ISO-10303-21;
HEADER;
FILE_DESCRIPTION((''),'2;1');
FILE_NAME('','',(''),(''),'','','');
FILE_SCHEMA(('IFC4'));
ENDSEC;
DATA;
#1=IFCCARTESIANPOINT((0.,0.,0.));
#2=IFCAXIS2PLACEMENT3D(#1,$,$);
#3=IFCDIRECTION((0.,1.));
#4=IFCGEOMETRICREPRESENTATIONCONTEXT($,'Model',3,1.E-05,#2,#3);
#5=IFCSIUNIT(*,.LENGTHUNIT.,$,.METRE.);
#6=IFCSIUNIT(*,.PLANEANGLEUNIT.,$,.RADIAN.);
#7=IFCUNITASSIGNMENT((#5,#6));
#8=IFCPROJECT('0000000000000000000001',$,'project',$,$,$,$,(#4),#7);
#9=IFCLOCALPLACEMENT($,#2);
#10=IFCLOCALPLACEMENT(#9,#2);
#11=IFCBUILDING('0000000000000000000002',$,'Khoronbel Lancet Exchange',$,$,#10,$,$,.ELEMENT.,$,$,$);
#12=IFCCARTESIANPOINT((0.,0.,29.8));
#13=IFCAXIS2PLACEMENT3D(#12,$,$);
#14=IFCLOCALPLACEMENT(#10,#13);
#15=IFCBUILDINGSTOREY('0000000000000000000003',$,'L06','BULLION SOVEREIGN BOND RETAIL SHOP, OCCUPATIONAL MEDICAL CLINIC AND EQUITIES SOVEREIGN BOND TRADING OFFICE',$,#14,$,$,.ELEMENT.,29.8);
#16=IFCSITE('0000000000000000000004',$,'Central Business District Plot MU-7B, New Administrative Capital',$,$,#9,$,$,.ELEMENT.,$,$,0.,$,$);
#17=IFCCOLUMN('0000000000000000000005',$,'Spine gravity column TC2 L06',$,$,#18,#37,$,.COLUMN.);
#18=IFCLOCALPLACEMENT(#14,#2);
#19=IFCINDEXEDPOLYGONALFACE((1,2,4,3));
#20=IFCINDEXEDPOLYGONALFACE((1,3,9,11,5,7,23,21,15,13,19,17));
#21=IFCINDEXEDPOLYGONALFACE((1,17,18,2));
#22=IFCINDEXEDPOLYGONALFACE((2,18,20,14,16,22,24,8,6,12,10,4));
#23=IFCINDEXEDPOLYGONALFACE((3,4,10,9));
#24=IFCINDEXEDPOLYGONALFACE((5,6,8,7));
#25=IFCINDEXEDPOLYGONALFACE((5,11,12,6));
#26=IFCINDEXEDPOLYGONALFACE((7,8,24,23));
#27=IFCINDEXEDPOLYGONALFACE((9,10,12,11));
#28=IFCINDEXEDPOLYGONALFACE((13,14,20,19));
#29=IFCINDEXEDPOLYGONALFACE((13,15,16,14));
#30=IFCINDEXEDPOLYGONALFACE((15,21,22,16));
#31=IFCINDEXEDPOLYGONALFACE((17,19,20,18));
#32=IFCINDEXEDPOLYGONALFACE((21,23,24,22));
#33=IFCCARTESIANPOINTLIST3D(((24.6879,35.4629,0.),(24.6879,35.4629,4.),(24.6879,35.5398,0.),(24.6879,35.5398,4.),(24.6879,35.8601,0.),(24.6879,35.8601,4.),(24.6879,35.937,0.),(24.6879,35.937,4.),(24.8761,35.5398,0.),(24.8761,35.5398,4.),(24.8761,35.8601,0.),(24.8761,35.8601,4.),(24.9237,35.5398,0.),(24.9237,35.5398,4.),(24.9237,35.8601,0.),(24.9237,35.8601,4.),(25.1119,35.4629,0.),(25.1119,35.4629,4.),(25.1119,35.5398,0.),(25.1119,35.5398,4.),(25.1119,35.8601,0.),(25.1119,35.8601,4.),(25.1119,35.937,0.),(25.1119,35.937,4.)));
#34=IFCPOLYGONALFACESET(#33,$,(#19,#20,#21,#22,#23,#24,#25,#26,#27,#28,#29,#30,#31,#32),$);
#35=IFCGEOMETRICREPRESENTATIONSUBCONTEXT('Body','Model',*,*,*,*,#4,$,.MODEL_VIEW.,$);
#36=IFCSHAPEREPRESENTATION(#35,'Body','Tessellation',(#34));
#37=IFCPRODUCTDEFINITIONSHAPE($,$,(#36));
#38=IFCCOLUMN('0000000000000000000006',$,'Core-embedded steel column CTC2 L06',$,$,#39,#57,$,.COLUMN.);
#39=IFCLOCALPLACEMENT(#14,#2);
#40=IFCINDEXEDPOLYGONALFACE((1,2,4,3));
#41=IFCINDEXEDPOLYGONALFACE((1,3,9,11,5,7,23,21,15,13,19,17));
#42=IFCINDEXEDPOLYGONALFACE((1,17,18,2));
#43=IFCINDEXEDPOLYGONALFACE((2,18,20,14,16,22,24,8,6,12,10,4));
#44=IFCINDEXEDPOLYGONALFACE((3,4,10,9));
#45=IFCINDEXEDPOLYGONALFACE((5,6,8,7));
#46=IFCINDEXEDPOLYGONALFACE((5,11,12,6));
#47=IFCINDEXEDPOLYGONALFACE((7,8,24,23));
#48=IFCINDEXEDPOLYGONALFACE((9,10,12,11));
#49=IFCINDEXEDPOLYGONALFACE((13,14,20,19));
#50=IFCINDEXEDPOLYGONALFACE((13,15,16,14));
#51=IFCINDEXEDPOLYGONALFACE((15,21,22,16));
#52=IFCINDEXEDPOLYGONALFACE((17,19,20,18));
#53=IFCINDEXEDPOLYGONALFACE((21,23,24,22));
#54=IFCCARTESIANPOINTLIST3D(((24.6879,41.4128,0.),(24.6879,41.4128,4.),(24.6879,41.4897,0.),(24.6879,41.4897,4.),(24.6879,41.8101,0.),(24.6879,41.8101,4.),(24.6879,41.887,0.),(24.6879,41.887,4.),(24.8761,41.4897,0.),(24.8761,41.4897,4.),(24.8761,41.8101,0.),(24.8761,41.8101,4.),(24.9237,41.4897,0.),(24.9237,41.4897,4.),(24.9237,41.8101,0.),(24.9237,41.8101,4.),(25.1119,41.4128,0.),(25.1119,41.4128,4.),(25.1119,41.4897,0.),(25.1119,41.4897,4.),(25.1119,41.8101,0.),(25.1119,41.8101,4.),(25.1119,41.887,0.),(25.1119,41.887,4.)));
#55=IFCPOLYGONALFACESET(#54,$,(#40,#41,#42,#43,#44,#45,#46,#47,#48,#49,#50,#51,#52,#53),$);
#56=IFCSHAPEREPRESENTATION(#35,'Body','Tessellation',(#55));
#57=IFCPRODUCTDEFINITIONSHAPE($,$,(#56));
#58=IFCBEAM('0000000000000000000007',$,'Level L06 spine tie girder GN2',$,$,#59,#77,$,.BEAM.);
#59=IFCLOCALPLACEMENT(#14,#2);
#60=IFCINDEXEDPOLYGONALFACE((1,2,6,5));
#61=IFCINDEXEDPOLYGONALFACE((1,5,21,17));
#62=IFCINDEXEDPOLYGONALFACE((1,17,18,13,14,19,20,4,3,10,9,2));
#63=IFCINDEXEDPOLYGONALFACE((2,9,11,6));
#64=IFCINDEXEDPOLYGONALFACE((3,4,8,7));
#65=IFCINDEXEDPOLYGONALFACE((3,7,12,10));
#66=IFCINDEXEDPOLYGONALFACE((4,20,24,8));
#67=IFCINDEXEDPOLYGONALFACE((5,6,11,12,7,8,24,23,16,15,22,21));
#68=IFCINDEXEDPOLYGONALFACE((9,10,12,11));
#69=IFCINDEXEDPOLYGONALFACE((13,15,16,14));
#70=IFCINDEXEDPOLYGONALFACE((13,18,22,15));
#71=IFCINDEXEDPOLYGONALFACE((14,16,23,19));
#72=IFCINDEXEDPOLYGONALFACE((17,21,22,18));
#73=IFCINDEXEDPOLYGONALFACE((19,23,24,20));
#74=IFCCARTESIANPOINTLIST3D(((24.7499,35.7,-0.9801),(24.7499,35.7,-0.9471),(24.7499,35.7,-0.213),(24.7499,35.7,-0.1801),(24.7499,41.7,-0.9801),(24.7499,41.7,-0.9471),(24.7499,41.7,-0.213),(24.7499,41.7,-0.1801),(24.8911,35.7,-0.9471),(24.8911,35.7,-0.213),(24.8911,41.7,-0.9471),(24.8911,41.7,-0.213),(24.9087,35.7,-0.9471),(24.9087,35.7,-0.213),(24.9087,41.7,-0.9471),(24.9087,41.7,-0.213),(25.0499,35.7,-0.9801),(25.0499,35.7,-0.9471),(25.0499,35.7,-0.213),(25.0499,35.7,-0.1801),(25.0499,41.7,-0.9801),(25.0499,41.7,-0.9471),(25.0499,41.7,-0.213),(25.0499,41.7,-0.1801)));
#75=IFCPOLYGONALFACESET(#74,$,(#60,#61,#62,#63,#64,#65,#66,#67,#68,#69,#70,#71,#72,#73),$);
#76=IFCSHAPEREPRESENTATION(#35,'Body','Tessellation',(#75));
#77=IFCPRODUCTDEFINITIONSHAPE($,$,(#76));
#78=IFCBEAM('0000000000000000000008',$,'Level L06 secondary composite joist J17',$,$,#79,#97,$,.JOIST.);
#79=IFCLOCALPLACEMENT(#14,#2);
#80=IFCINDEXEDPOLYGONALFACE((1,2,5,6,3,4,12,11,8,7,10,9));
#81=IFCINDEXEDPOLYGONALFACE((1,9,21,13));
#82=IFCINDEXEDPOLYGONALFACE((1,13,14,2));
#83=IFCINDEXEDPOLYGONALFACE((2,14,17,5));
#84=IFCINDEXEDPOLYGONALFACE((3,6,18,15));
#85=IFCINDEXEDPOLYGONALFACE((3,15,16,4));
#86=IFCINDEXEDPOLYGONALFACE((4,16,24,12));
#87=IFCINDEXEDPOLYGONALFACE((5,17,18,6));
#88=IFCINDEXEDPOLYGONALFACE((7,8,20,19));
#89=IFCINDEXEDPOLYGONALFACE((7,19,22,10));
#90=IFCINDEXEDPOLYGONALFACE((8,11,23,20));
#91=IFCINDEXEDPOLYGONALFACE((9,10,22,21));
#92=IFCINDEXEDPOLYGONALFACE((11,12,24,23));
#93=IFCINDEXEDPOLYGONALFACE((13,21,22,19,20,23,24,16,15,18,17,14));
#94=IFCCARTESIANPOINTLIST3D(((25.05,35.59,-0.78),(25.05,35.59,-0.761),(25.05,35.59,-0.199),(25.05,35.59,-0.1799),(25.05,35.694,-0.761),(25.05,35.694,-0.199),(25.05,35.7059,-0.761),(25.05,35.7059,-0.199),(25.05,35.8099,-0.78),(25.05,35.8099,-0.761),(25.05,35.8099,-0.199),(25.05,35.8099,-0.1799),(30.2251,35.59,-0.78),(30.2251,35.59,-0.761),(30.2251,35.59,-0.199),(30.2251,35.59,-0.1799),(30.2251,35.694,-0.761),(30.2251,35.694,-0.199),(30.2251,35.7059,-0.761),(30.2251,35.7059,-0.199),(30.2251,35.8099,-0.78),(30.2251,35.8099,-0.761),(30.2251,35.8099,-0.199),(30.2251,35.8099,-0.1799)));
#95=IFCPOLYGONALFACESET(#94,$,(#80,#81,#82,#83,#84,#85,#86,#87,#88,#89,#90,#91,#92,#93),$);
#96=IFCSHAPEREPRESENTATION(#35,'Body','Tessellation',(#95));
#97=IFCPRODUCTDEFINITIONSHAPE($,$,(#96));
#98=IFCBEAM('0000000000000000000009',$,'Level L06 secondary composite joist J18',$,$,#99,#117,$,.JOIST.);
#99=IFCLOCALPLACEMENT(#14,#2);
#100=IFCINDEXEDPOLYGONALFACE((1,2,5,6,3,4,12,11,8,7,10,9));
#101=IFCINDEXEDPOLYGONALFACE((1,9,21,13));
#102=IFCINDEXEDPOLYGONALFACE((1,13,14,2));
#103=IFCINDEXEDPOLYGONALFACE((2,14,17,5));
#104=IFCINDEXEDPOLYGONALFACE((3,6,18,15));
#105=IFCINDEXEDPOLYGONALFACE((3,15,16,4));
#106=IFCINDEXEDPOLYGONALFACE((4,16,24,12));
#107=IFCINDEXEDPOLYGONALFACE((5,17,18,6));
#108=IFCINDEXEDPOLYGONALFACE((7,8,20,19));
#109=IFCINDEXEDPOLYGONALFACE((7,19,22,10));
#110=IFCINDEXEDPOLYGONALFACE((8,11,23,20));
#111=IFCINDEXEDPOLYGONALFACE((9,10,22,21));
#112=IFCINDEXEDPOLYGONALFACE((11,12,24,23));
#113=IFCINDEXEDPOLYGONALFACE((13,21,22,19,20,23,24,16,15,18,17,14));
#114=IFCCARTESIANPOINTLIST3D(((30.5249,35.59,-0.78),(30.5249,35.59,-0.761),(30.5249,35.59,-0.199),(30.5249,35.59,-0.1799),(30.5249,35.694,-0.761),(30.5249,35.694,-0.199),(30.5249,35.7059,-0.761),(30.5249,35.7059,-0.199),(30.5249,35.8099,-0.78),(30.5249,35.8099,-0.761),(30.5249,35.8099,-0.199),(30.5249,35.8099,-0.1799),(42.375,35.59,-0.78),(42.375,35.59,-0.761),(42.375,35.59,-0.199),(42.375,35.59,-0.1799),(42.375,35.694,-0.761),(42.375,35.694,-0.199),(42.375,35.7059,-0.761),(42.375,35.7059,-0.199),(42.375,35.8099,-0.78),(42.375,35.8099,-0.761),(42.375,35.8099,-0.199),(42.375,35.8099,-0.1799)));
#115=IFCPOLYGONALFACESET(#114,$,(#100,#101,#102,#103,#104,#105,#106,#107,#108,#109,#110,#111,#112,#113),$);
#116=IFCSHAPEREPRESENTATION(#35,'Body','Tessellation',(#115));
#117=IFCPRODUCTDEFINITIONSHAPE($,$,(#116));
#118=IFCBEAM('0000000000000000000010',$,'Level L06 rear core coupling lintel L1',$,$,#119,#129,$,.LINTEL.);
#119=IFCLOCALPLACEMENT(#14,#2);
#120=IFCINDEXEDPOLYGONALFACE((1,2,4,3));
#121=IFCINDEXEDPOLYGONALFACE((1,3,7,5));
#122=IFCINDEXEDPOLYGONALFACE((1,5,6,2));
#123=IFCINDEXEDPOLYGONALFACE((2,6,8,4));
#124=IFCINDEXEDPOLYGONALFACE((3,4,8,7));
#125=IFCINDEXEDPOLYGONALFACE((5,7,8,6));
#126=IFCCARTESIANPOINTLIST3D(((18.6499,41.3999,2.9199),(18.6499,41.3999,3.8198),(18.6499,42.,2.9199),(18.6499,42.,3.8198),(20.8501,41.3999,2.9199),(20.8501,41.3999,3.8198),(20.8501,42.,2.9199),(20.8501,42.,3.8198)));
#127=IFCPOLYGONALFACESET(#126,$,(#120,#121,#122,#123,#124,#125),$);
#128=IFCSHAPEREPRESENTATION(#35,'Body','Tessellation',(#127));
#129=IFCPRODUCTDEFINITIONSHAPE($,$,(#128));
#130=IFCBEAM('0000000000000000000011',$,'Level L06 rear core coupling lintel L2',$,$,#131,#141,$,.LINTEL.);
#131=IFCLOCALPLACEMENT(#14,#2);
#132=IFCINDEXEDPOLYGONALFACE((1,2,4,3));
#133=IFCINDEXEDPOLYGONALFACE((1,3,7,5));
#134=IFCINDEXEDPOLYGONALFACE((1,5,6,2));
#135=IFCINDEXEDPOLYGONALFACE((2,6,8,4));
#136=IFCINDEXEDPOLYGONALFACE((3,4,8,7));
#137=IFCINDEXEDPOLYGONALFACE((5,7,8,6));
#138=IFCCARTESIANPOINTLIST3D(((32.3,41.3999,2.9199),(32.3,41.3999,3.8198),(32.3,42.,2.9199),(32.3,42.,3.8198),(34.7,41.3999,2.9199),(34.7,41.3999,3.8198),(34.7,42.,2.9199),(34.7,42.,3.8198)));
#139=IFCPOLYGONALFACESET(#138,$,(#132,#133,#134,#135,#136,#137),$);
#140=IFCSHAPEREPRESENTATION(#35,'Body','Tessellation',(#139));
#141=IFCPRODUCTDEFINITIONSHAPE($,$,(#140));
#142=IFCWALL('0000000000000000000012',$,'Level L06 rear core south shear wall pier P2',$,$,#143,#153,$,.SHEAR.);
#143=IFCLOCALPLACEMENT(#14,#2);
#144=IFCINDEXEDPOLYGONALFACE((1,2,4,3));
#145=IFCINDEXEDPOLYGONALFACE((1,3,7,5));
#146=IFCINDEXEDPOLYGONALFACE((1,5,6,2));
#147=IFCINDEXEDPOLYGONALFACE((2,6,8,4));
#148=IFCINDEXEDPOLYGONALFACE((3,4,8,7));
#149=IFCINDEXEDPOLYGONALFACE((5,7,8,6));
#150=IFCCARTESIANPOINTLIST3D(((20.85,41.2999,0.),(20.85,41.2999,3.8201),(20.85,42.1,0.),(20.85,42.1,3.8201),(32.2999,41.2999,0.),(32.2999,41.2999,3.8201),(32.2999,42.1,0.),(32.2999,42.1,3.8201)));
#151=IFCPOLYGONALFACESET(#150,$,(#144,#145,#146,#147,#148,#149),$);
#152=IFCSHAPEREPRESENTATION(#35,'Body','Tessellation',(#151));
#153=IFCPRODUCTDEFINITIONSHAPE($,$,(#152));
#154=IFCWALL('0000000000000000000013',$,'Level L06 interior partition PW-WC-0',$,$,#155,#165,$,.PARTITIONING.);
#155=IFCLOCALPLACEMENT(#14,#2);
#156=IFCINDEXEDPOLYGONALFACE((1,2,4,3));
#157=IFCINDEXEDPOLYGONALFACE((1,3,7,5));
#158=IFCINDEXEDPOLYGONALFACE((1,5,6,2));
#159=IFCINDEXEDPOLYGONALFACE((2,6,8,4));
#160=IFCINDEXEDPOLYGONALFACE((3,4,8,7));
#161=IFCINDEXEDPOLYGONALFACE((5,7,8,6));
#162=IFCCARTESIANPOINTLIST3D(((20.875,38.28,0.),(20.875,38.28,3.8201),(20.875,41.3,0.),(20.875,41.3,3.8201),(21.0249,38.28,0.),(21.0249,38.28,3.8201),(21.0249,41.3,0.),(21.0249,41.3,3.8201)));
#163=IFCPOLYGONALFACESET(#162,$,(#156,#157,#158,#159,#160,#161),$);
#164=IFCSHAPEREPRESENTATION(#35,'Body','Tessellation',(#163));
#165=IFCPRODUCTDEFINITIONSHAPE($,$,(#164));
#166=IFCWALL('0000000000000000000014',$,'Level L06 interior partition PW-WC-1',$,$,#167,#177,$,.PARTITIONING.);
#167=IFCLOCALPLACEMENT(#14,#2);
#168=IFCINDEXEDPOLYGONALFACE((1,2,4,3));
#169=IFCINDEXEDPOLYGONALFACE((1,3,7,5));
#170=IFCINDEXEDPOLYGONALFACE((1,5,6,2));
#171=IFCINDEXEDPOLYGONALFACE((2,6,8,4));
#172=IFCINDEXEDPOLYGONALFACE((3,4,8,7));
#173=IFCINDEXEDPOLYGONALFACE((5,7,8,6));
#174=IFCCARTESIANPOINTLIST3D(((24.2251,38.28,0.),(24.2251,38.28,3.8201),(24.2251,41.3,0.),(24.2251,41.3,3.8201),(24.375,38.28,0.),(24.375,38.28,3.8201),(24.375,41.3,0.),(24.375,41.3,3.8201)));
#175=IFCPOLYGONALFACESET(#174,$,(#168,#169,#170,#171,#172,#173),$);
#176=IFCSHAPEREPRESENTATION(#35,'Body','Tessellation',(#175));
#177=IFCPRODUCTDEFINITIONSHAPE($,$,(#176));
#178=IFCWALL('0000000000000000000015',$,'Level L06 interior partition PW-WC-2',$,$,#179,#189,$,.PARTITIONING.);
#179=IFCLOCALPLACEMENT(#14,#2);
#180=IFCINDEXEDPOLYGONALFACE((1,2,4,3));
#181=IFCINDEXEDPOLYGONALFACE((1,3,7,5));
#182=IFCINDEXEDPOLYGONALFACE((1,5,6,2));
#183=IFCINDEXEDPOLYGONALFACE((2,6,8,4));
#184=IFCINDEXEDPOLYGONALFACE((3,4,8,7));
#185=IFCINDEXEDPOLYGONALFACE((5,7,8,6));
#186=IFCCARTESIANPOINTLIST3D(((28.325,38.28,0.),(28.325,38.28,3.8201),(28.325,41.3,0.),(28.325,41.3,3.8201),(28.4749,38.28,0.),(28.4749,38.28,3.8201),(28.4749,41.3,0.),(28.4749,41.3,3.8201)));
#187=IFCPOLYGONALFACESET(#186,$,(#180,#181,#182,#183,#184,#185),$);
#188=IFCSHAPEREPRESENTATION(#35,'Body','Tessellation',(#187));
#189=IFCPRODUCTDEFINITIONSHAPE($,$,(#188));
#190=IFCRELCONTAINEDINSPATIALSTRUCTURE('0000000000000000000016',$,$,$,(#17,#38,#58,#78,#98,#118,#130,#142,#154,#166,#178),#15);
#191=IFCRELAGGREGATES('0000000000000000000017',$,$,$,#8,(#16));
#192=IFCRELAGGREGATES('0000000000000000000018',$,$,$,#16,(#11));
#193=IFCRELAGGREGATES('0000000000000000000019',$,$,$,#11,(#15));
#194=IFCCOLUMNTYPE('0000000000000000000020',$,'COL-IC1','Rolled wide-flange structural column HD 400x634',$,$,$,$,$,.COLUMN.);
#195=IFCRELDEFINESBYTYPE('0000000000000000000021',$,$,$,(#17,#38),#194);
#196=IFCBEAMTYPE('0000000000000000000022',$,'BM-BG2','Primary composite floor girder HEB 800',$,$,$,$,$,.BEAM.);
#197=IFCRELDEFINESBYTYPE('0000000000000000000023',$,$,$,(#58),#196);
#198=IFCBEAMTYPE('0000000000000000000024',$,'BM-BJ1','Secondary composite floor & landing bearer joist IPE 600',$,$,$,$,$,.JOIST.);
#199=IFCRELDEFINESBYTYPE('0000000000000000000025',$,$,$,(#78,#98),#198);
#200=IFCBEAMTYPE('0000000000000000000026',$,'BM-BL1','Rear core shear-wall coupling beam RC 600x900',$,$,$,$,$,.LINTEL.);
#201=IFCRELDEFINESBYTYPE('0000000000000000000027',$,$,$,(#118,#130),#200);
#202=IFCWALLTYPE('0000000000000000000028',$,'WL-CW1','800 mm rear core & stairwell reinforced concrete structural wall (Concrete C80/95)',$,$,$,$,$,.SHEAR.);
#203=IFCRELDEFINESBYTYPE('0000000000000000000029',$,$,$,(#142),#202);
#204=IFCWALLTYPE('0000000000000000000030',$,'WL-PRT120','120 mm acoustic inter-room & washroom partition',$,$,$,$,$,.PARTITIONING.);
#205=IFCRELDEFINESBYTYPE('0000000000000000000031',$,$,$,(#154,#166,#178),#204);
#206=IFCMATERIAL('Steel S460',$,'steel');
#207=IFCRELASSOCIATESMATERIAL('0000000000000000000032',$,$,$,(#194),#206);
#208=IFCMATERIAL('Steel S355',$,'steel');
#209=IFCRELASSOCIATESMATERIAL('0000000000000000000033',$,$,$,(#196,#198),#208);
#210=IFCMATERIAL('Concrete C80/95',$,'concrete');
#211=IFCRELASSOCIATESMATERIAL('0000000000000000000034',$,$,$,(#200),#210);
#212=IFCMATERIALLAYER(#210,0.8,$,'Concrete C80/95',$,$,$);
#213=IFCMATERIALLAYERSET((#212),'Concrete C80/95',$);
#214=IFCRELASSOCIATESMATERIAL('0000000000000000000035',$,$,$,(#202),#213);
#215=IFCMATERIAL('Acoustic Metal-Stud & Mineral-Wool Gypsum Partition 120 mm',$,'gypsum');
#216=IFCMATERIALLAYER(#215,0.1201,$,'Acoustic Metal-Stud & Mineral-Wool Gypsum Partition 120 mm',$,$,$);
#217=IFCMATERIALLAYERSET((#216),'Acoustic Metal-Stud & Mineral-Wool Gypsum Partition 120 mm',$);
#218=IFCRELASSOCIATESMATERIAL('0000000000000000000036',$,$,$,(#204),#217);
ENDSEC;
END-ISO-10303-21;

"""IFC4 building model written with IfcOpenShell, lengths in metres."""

from ifc_helpers import new_model, si_unit, direction, frame, frame_2d, origin, origin_2d, place, context, subcontext, project, spatial, rectangle, i_section, extrude, material, layer, layer_set, material_profile, profile_set, type_object, element, save


model = new_model("IFC4")

# Units and contexts
model_context = context("Model", 3, precision=1e-05, world=origin(), true_north=direction((0.0, 1.0)))
body_context = subcontext(model_context, "Body", "Model", "MODEL_VIEW")
ifc_project = project(units=[si_unit("LENGTHUNIT", "METRE"), si_unit("PLANEANGLEUNIT", "RADIAN")], contexts=[model_context])

# Site, building, storey
site_placement = place(None, origin())
site = spatial("IfcSite", under=ifc_project, at=site_placement, Name="Central Business District Plot MU-7B, New Administrative Capital", CompositionType="ELEMENT", RefElevation=0.0)
building_placement = place(site_placement, origin())
building = spatial("IfcBuilding", under=site, at=building_placement, Name="Khoronbel Lancet Exchange", CompositionType="ELEMENT")
storey_placement = place(building_placement, frame((0.0, 0.0, 29.8)))
storey = spatial("IfcBuildingStorey", under=building, at=storey_placement, Name="L06", Description="BULLION SOVEREIGN BOND RETAIL SHOP, OCCUPATIONAL MEDICAL CLINIC AND EQUITIES SOVEREIGN BOND TRADING OFFICE", CompositionType="ELEMENT", Elevation=29.8)

# Columns
ifc_material_1 = material(Name="Steel S460", Category="steel")
ifc_material_profile_1 = material_profile(ifc_material_1, i_section(OverallWidth=0.4241, OverallDepth=0.4741, WebThickness=0.0476, FlangeThickness=0.0769, at=origin_2d()), Name="HD 400x634")
ifc_profile_set_1 = profile_set([ifc_material_profile_1], Name="Steel S460")
column_type = type_object("IfcColumnType", Name="COL-IC1", Description="Rolled wide-flange structural column HD 400x634", PredefinedType="COLUMN", material=ifc_profile_set_1)
for number, where, z_axis, x_axis, name in (
    (1, (24.8999, 35.7, 0.0), (0.0, 0.0, 1.0), (1.0, 0.0, 0.0), "Spine gravity column TC2 L06"),
    (2, (24.8999, 41.6499, 0.0), (0.0, 0.0, 1.0), (1.0, 0.0, 0.0), "Core-embedded steel column CTC2 L06"),
):
    element("IfcColumn", number, at=place(storey_placement, frame(where, z_axis=z_axis, x_axis=x_axis)), inside=storey, type_object=column_type, Name=name, PredefinedType="COLUMN", context=body_context, shape_type="SweptSolid", body=[
        extrude(i_section(OverallWidth=0.4241, OverallDepth=0.4741, WebThickness=0.0476, FlangeThickness=0.0769, at=origin_2d()), origin(), (0.0, 0.0, 1.0), 4.0),
    ])

# Beams
ifc_material_2 = material(Name="Steel S355", Category="steel")
ifc_material_profile_2 = material_profile(ifc_material_2, i_section(OverallWidth=0.3, OverallDepth=0.8, WebThickness=0.0176, FlangeThickness=0.033, at=origin_2d()), Name="HEB 800")
ifc_profile_set_2 = profile_set([ifc_material_profile_2], Name="Steel S355")
beam_type_1 = type_object("IfcBeamType", Name="BM-BG2", Description="Primary composite floor girder HEB 800", PredefinedType="BEAM", material=ifc_profile_set_2)
beam_1_placement = place(storey_placement, frame((24.8999, 35.7, -0.5801), z_axis=(0.0, 1.0, 0.0), x_axis=(-1.0, 0.0, 0.0)))
element("IfcBeam", 3, at=beam_1_placement, inside=storey, type_object=beam_type_1, Name="Level L06 spine tie girder GN2", PredefinedType="BEAM", context=body_context, shape_type="SweptSolid", body=[
    extrude(i_section(OverallWidth=0.3, OverallDepth=0.8, WebThickness=0.0176, FlangeThickness=0.033, at=origin_2d()), origin(), (0.0, 0.0, 1.0), 6.0),
])
ifc_material_profile_3 = material_profile(ifc_material_2, i_section(OverallWidth=0.22, OverallDepth=0.6001, WebThickness=0.012, FlangeThickness=0.019, at=origin_2d()), Name="IPE 600")
ifc_profile_set_3 = profile_set([ifc_material_profile_3], Name="Steel S355")
beam_type_2 = type_object("IfcBeamType", Name="BM-BJ1", Description="Secondary composite floor & landing bearer joist IPE 600", PredefinedType="JOIST", material=ifc_profile_set_3)
beam_2_placement = place(storey_placement, frame((25.05, 35.7, -0.48), z_axis=(1.0, 0.0, 0.0), x_axis=(0.0, 1.0, 0.0)))
element("IfcBeam", 4, at=beam_2_placement, inside=storey, type_object=beam_type_2, Name="Level L06 secondary composite joist J17", PredefinedType="JOIST", context=body_context, shape_type="SweptSolid", body=[
    extrude(i_section(OverallWidth=0.22, OverallDepth=0.6001, WebThickness=0.012, FlangeThickness=0.019, at=origin_2d()), origin(), (0.0, 0.0, 1.0), 5.175),
])
beam_3_placement = place(storey_placement, frame((30.5249, 35.7, -0.48), z_axis=(1.0, 0.0, 0.0), x_axis=(0.0, 1.0, 0.0)))
element("IfcBeam", 5, at=beam_3_placement, inside=storey, type_object=beam_type_2, Name="Level L06 secondary composite joist J18", PredefinedType="JOIST", context=body_context, shape_type="SweptSolid", body=[
    extrude(i_section(OverallWidth=0.22, OverallDepth=0.6001, WebThickness=0.012, FlangeThickness=0.019, at=origin_2d()), origin(), (0.0, 0.0, 1.0), 11.8501),
])
ifc_material_3 = material(Name="Concrete C80/95", Category="concrete")
ifc_material_profile_4 = material_profile(ifc_material_3, rectangle(XDim=0.6001, YDim=0.8999, at=origin_2d()), Name="RC 600x900")
ifc_profile_set_4 = profile_set([ifc_material_profile_4], Name="Concrete C80/95")
beam_type_3 = type_object("IfcBeamType", Name="BM-BL1", Description="Rear core shear-wall coupling beam RC 600x900", PredefinedType="LINTEL", material=ifc_profile_set_4)
beam_4_placement = place(storey_placement, frame((18.6499, 41.7, 3.3699), z_axis=(1.0, 0.0, 0.0), x_axis=(0.0, 1.0, 0.0)))
element("IfcBeam", 6, at=beam_4_placement, inside=storey, type_object=beam_type_3, Name="Level L06 rear core coupling lintel L1", PredefinedType="LINTEL", context=body_context, shape_type="SweptSolid", body=[
    extrude(rectangle(XDim=0.6001, YDim=0.8999, at=origin_2d()), origin(), (0.0, 0.0, 1.0), 2.2002),
])
beam_5_placement = place(storey_placement, frame((32.3, 41.7, 3.3699), z_axis=(1.0, 0.0, 0.0), x_axis=(0.0, 1.0, 0.0)))
element("IfcBeam", 7, at=beam_5_placement, inside=storey, type_object=beam_type_3, Name="Level L06 rear core coupling lintel L2", PredefinedType="LINTEL", context=body_context, shape_type="SweptSolid", body=[
    extrude(rectangle(XDim=0.6001, YDim=0.8999, at=origin_2d()), origin(), (0.0, 0.0, 1.0), 2.3999),
])

# Walls
ifc_layer_1 = layer(ifc_material_3, 0.8, Name="Concrete C80/95")
ifc_layer_set_1 = layer_set([ifc_layer_1], Name="Concrete C80/95")
wall_type_1 = type_object("IfcWallType", Name="WL-CW1", Description="800 mm rear core & stairwell reinforced concrete structural wall (Concrete C80/95)", PredefinedType="SHEAR", material=ifc_layer_set_1)
wall_1_placement = place(storey_placement, frame((32.3, 41.7, 0.0), z_axis=(0.0, 0.0, 1.0), x_axis=(-1.0, 0.0, 0.0)))
element("IfcWall", 8, at=wall_1_placement, inside=storey, type_object=wall_type_1, Name="Level L06 rear core south shear wall pier P2", PredefinedType="SHEAR", context=body_context, shape_type="SweptSolid", body=[
    extrude(rectangle(XDim=11.45, YDim=0.8, at=frame_2d((5.7251, 0.0))), origin(), (0.0, 0.0, 1.0), 3.8201),
])
ifc_material_4 = material(Name="Acoustic Metal-Stud & Mineral-Wool Gypsum Partition 120 mm", Category="gypsum")
ifc_layer_2 = layer(ifc_material_4, 0.1201, Name="Acoustic Metal-Stud & Mineral-Wool Gypsum Partition 120 mm")
ifc_layer_set_2 = layer_set([ifc_layer_2], Name="Acoustic Metal-Stud & Mineral-Wool Gypsum Partition 120 mm")
wall_type_2 = type_object("IfcWallType", Name="WL-PRT120", Description="120 mm acoustic inter-room & washroom partition", PredefinedType="PARTITIONING", material=ifc_layer_set_2)
for number, where, z_axis, x_axis, name in (
    (9, (20.95, 38.28, 0.0), (0.0, 0.0, 1.0), (0.0, 1.0, 0.0), "Level L06 interior partition PW-WC-0"),
    (10, (24.3, 38.28, 0.0), (0.0, 0.0, 1.0), (0.0, 1.0, 0.0), "Level L06 interior partition PW-WC-1"),
    (11, (28.3999, 38.28, 0.0), (0.0, 0.0, 1.0), (0.0, 1.0, 0.0), "Level L06 interior partition PW-WC-2"),
):
    element("IfcWall", number, at=place(storey_placement, frame(where, z_axis=z_axis, x_axis=x_axis)), inside=storey, type_object=wall_type_2, Name=name, PredefinedType="PARTITIONING", context=body_context, shape_type="SweptSolid", body=[
        extrude(rectangle(XDim=3.02, YDim=0.1499, at=frame_2d((1.51, 0.0))), origin(), (0.0, 0.0, 1.0), 3.8201),
    ])

save(model, "model.ifc")
